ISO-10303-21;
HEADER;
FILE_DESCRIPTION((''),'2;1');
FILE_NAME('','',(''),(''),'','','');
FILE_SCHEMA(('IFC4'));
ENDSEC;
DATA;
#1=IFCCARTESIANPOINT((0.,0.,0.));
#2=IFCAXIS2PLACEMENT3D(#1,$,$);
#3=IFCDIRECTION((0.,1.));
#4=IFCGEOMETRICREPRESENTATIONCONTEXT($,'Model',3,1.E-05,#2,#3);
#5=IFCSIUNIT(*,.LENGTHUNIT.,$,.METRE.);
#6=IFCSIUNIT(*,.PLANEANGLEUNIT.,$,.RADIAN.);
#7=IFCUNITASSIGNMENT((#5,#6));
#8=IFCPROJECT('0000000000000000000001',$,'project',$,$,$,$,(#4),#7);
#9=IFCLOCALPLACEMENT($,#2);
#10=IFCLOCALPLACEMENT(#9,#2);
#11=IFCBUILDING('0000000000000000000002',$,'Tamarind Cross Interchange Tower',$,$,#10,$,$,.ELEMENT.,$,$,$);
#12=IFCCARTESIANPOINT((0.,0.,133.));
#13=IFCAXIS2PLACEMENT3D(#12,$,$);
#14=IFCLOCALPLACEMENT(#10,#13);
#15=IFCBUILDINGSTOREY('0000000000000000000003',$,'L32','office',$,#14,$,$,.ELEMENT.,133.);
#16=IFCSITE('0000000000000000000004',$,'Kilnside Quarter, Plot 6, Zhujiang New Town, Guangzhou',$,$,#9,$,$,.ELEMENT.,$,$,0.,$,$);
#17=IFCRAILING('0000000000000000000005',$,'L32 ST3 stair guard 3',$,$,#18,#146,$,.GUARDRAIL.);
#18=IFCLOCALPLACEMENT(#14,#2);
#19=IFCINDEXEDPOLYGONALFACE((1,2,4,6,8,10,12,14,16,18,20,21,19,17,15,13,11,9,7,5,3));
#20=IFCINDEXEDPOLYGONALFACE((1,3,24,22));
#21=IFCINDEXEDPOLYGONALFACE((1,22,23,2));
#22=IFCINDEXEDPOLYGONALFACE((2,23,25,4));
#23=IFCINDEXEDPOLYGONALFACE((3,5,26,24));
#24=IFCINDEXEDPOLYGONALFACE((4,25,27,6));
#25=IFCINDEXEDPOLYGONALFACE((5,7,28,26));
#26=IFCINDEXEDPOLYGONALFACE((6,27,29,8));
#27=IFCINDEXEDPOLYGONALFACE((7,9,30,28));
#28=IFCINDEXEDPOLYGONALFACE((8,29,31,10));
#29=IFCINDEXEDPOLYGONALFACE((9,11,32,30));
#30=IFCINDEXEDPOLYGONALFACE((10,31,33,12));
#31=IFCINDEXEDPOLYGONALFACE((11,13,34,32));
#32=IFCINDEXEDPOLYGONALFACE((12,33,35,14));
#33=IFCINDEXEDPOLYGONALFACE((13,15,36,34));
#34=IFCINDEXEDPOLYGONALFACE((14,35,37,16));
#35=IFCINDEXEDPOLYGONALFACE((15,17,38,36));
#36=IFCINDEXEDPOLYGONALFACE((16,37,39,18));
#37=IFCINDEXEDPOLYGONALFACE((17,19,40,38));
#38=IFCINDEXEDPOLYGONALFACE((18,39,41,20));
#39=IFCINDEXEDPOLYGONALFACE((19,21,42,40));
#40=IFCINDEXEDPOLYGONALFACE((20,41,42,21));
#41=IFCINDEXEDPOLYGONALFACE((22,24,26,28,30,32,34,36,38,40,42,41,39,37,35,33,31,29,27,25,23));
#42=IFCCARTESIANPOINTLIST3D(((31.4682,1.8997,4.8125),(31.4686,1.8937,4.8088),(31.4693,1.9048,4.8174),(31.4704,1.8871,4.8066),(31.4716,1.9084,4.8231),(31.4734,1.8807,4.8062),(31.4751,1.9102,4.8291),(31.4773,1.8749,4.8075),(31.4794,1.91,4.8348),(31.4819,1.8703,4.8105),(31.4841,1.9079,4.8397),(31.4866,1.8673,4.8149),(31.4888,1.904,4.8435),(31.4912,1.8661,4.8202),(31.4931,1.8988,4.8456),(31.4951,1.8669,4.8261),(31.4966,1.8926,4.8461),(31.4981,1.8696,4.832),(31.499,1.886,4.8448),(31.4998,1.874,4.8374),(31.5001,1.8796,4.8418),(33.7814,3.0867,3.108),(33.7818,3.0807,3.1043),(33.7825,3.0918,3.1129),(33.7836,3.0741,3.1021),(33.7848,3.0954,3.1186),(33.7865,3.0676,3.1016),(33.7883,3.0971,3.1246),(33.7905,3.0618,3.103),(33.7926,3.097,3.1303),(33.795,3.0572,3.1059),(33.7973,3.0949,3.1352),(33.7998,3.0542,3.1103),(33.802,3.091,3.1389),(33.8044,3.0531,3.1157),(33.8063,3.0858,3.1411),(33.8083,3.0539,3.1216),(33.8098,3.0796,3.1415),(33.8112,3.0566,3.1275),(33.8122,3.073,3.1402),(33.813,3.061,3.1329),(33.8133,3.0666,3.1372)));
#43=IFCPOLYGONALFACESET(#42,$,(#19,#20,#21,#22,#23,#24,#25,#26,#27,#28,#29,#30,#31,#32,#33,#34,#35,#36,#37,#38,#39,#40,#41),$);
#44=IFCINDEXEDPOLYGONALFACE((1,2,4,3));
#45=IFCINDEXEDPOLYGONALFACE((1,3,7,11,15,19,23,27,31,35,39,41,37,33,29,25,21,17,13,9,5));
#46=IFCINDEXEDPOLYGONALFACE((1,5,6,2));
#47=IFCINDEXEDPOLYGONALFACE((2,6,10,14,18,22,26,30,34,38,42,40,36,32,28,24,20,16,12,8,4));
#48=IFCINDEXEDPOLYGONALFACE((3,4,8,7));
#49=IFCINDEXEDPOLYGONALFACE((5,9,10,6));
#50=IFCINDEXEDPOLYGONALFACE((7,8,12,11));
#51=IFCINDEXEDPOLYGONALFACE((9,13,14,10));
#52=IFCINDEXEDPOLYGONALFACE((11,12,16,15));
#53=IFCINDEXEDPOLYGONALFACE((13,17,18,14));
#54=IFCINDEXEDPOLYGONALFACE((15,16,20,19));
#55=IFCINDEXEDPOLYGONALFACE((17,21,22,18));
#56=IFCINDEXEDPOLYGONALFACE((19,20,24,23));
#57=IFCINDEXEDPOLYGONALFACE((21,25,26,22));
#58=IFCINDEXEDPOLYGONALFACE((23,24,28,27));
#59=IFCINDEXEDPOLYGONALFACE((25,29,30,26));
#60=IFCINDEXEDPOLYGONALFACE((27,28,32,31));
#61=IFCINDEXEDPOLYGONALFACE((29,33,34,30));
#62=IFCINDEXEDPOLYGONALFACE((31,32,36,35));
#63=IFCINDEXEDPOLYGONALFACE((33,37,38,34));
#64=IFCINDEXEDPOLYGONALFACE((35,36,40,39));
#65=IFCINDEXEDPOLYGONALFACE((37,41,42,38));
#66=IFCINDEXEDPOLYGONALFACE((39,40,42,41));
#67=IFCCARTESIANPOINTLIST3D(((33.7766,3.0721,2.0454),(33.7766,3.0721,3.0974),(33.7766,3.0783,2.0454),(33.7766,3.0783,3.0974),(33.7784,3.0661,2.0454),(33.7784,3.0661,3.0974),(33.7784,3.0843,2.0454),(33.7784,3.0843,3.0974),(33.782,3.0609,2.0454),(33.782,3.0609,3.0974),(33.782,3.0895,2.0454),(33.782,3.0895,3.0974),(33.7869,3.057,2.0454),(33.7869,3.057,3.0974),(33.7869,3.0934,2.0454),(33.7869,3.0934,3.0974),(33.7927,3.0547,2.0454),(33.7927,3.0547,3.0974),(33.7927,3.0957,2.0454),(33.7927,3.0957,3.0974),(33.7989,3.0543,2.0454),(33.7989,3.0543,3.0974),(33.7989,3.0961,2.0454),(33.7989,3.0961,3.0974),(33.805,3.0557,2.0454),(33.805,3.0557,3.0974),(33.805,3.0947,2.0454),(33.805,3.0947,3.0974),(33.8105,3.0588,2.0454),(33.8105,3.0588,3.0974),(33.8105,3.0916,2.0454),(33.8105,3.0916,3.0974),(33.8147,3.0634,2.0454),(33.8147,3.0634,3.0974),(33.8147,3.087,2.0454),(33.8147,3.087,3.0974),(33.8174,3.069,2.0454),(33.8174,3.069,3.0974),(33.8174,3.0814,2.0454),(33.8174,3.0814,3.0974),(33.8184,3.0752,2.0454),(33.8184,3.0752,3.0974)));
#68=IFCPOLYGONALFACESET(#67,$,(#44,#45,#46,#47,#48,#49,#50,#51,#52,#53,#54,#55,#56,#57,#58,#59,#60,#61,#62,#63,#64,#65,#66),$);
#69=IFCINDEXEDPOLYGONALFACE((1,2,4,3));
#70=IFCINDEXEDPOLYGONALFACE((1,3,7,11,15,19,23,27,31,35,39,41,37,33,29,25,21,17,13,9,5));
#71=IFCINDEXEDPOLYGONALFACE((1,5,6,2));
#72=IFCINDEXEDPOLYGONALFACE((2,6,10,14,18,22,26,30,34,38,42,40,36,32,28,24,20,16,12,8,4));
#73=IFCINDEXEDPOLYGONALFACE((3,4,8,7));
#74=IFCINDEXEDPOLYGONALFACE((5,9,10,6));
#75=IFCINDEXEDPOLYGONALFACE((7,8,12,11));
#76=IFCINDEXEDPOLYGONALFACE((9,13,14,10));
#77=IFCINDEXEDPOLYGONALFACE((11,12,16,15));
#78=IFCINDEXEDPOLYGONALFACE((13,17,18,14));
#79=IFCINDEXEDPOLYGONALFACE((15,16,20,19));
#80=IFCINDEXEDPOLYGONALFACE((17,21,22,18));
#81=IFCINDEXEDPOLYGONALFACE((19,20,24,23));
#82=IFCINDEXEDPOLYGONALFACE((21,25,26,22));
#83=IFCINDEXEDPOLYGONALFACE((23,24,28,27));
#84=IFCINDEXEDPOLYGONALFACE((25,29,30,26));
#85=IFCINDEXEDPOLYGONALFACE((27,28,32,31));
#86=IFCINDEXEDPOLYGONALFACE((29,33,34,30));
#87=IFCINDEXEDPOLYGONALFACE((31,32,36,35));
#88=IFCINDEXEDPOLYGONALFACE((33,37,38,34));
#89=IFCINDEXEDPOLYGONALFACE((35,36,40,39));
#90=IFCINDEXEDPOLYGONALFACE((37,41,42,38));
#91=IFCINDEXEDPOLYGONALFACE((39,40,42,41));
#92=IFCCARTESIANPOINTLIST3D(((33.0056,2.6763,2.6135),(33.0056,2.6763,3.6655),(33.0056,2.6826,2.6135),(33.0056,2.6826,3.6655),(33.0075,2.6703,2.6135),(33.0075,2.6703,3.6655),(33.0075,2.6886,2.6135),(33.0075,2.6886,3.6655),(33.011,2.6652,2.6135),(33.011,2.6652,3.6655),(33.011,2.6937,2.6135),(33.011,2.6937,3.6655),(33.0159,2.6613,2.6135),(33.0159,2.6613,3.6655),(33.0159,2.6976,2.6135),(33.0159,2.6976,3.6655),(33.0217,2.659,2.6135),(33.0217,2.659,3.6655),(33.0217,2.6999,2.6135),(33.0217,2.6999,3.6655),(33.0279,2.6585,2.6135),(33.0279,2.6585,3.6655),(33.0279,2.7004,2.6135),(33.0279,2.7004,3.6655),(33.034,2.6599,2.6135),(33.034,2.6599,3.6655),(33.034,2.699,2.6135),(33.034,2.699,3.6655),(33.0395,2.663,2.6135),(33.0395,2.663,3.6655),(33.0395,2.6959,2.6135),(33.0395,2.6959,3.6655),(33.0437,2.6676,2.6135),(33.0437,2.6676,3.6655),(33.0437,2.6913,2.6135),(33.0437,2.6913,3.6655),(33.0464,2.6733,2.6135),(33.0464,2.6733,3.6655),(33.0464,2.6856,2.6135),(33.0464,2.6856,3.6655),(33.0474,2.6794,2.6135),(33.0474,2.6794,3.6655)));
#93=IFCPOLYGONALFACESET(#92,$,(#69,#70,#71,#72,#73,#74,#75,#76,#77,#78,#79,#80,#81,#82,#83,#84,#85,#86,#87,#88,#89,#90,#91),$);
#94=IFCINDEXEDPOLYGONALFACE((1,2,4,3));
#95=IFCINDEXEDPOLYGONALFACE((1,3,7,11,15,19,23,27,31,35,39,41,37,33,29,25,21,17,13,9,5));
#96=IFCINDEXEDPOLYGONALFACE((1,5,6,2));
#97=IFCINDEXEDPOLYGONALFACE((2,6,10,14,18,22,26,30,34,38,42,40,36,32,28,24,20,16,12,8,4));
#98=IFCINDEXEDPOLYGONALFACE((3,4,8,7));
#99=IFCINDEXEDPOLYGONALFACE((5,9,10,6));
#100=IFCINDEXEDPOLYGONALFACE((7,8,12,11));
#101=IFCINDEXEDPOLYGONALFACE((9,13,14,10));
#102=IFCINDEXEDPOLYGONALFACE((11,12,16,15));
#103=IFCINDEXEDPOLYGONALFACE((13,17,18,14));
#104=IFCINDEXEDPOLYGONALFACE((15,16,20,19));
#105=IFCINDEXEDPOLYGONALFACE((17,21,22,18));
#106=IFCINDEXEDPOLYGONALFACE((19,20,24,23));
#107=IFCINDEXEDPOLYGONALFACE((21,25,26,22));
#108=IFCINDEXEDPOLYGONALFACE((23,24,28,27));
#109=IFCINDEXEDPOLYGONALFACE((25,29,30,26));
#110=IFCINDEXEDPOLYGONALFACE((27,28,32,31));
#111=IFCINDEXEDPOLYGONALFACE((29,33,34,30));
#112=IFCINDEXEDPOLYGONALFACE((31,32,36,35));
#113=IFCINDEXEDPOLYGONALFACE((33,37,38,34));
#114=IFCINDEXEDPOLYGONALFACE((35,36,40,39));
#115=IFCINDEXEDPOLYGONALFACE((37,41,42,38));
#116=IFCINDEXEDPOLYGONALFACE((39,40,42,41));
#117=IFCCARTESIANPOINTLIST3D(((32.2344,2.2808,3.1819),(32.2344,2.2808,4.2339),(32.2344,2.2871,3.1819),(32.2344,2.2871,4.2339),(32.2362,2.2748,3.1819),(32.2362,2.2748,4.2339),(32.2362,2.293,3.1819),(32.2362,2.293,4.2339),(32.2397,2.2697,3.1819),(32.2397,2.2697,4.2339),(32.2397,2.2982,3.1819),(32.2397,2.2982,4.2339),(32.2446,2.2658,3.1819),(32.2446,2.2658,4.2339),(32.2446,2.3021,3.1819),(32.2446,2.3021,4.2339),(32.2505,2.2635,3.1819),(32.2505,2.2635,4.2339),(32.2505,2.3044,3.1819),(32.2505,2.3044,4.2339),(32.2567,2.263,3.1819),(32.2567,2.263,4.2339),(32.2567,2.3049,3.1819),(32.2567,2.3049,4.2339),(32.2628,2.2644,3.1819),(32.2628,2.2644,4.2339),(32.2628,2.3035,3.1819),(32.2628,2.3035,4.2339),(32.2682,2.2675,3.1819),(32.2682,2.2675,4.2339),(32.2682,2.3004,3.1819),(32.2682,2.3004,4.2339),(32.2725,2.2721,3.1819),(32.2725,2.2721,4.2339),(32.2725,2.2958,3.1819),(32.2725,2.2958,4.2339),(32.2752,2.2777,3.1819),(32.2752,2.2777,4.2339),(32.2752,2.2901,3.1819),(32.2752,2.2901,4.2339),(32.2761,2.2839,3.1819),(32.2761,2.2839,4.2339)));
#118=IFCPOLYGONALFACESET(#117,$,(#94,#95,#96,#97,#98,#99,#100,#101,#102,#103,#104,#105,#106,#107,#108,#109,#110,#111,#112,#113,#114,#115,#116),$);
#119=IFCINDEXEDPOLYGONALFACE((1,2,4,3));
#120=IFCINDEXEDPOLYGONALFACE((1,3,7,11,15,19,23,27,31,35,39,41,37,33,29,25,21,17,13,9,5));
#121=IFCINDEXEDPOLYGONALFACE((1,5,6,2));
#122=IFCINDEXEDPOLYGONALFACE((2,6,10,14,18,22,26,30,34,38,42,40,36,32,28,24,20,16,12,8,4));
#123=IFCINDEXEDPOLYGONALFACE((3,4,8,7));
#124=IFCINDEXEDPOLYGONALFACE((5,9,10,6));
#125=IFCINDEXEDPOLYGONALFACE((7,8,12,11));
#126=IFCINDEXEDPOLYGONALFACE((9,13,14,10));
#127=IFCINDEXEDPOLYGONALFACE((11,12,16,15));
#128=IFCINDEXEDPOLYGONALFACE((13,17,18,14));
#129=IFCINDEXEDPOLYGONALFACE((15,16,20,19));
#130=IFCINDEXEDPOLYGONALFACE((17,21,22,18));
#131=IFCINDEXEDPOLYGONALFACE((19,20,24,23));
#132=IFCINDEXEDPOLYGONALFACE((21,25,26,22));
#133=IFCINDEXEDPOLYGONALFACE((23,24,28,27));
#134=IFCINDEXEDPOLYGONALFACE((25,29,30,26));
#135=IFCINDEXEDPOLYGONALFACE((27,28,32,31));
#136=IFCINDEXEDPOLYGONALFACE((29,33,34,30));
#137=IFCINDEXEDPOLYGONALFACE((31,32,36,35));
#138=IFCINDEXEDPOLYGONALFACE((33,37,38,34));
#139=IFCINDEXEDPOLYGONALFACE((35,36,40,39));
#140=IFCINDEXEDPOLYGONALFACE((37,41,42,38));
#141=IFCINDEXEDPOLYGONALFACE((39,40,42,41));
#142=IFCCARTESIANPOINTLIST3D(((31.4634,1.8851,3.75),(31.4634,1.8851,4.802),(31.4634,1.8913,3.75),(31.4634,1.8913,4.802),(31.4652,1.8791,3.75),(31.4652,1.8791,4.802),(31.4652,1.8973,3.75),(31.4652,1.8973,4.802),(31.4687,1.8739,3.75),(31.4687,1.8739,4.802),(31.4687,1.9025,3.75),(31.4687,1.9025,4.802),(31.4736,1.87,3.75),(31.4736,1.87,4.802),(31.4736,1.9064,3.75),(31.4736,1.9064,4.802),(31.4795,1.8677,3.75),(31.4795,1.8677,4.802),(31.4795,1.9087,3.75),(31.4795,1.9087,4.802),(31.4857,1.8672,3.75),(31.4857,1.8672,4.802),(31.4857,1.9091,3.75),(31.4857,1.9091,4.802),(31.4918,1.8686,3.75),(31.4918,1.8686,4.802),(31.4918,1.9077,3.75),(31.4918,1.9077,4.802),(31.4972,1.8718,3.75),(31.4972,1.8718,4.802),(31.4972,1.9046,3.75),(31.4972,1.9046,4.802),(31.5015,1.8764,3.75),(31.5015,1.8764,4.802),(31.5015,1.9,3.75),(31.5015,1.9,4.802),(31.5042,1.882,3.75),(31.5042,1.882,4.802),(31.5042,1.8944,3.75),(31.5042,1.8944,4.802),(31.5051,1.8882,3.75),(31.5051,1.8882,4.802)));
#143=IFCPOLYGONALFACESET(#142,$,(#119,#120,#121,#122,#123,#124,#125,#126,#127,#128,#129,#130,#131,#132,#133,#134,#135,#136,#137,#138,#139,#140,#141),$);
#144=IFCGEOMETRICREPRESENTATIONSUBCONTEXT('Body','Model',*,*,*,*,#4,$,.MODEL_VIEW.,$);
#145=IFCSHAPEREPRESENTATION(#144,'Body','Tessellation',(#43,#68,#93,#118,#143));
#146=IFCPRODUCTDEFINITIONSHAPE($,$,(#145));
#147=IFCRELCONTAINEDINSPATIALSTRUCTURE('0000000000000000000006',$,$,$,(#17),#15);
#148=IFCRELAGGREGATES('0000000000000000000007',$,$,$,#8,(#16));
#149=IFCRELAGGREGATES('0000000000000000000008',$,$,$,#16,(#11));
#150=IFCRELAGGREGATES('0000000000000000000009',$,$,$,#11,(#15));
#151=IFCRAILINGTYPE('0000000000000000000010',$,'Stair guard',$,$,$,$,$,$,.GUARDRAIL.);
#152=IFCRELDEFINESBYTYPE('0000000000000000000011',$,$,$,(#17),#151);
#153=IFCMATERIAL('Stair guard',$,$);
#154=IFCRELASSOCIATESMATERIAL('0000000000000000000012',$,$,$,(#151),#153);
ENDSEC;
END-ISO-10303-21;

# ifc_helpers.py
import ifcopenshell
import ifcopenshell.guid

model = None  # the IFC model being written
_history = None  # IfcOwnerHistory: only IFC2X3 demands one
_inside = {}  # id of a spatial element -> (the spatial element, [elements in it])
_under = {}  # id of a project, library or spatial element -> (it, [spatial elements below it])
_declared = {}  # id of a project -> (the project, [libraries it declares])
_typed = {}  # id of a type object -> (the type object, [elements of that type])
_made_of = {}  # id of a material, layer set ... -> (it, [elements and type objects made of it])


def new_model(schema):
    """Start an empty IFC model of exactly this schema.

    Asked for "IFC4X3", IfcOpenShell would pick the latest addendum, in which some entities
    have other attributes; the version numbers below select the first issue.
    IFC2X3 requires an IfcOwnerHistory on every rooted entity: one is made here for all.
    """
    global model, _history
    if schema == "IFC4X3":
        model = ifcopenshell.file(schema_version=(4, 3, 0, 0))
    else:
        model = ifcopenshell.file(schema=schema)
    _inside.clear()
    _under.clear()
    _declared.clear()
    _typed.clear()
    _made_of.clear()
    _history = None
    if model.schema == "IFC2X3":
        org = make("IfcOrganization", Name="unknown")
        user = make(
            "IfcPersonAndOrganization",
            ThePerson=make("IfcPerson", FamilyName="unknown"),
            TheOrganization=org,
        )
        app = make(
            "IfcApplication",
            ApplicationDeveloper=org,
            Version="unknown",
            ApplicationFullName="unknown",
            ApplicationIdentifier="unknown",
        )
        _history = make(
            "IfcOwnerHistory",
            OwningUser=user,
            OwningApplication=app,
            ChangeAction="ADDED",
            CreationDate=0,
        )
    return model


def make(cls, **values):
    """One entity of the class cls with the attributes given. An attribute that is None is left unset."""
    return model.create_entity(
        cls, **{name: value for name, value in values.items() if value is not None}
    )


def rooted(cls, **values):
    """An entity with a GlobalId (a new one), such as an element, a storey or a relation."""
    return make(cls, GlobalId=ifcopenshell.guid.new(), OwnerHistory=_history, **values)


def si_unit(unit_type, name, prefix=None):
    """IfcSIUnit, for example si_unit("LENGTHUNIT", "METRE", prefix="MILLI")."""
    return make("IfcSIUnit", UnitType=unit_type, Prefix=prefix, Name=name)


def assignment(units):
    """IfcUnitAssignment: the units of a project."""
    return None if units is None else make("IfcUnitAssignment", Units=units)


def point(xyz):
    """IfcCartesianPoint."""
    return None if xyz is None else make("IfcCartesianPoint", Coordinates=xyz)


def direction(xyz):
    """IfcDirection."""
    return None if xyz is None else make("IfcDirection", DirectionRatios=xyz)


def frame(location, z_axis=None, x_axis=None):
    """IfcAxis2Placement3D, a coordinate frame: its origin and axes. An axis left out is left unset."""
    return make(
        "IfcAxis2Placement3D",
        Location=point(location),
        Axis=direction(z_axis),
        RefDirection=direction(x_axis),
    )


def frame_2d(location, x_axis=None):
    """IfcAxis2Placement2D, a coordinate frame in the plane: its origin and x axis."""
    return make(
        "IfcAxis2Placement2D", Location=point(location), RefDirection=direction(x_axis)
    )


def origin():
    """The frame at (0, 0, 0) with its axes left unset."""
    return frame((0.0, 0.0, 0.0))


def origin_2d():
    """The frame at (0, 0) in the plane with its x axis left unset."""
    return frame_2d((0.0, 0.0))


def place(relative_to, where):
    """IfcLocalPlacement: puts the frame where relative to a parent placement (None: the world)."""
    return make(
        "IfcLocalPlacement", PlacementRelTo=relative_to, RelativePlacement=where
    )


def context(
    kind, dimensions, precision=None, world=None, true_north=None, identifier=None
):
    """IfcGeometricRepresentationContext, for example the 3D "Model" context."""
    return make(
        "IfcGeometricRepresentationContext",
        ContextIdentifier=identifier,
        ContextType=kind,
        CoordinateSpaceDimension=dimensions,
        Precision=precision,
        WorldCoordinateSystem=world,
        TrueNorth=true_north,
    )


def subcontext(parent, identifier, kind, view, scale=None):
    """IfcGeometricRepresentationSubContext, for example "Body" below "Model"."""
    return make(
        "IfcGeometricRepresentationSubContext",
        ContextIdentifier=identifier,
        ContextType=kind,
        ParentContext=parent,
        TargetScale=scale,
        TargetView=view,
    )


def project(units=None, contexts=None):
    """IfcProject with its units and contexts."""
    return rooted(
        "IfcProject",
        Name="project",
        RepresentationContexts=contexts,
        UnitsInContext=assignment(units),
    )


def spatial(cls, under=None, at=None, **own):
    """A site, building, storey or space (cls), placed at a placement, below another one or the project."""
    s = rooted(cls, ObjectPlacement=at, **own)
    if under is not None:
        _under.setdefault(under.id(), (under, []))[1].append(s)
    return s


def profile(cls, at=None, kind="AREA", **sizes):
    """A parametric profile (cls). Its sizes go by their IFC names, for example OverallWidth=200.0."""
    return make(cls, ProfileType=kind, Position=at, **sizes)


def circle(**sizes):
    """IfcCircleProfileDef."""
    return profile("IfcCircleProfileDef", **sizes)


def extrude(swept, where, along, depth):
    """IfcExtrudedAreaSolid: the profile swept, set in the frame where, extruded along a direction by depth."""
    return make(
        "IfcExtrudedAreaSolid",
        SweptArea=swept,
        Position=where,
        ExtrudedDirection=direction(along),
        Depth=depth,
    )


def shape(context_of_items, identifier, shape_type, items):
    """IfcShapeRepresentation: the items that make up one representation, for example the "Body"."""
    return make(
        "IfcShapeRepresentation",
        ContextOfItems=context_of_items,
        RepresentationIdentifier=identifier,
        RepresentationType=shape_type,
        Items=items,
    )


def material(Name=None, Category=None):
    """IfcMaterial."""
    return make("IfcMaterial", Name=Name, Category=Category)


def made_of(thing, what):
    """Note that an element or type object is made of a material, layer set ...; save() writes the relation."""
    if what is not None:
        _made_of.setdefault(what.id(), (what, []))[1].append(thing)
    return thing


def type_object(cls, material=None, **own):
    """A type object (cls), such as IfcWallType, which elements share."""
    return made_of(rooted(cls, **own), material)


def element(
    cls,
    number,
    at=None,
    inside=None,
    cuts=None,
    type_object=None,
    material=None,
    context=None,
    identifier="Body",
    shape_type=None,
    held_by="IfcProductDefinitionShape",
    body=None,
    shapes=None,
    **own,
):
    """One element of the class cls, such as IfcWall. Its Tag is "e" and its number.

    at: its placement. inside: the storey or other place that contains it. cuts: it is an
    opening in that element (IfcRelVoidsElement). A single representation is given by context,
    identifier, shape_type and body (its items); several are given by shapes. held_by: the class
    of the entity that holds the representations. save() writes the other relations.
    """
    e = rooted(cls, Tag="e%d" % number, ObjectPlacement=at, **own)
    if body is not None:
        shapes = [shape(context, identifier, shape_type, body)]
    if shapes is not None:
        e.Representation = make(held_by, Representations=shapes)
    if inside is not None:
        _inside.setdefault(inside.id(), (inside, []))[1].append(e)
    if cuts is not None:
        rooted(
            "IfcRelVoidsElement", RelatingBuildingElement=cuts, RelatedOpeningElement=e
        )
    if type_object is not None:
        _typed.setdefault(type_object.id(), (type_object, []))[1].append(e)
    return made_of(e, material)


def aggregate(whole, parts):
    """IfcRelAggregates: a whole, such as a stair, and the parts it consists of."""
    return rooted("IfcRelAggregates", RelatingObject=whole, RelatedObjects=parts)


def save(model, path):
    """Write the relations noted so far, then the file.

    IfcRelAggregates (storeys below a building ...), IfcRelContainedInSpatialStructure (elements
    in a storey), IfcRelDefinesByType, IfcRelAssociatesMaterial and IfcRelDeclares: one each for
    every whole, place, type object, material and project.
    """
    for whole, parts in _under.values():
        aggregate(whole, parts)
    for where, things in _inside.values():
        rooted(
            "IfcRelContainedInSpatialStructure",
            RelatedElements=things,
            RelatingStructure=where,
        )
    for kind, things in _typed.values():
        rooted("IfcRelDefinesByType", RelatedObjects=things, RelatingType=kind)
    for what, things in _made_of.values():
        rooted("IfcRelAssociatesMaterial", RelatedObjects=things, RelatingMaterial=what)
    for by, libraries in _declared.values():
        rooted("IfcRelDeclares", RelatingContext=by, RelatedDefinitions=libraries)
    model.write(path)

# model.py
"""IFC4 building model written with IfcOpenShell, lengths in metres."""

from ifc_helpers import new_model, si_unit, direction, frame, origin, origin_2d, place, context, subcontext, project, spatial, circle, extrude, material, type_object, element, save


model = new_model("IFC4")

# Units and contexts
model_context = context("Model", 3, precision=1e-05, world=origin(), true_north=direction((0.0, 1.0)))
body_context = subcontext(model_context, "Body", "Model", "MODEL_VIEW")
ifc_project = project(units=[si_unit("LENGTHUNIT", "METRE"), si_unit("PLANEANGLEUNIT", "RADIAN")], contexts=[model_context])

# Site, building, storey
site_placement = place(None, origin())
site = spatial("IfcSite", under=ifc_project, at=site_placement, Name="Kilnside Quarter, Plot 6, Zhujiang New Town, Guangzhou", CompositionType="ELEMENT", RefElevation=0.0)
building_placement = place(site_placement, origin())
building = spatial("IfcBuilding", under=site, at=building_placement, Name="Tamarind Cross Interchange Tower", CompositionType="ELEMENT")
storey_placement = place(building_placement, frame((0.0, 0.0, 133.0)))
storey = spatial("IfcBuildingStorey", under=building, at=storey_placement, Name="L32", Description="office", CompositionType="ELEMENT", Elevation=133.0)

# Railing
ifc_material_1 = material(Name="Stair guard")
railing_type_1 = type_object("IfcRailingType", Name="Stair guard", PredefinedType="GUARDRAIL", material=ifc_material_1)
railing_1_placement = place(storey_placement, frame((33.7974, 3.0752, 2.0454)))
element("IfcRailing", 1, at=railing_1_placement, inside=storey, type_object=railing_type_1, Name="L32 ST3 stair guard 3", PredefinedType="GUARDRAIL", context=body_context, shape_type="SweptSolid", body=[
    extrude(circle(Radius=0.0239, at=origin_2d()), frame((0.0, 0.0, 1.0762), z_axis=(-0.744052, -0.381803, 0.548282), x_axis=(0.456542, -0.889702, 0.0)), (0.0, 0.0, 1.0), 3.1089),
    extrude(circle(Radius=0.021, at=origin_2d()), origin(), (0.0, 0.0, 1.0), 1.052),
    extrude(circle(Radius=0.021, at=origin_2d()), frame((-0.771, -0.3958, 0.5681)), (0.0, 0.0, 1.0), 1.052),
    extrude(circle(Radius=0.021, at=origin_2d()), frame((-1.5422, -0.7913, 1.1365)), (0.0, 0.0, 1.0), 1.052),
    extrude(circle(Radius=0.021, at=origin_2d()), frame((-2.3132, -1.187, 1.7046)), (0.0, 0.0, 1.0), 1.052),
])

save(model, "model.ifc")
